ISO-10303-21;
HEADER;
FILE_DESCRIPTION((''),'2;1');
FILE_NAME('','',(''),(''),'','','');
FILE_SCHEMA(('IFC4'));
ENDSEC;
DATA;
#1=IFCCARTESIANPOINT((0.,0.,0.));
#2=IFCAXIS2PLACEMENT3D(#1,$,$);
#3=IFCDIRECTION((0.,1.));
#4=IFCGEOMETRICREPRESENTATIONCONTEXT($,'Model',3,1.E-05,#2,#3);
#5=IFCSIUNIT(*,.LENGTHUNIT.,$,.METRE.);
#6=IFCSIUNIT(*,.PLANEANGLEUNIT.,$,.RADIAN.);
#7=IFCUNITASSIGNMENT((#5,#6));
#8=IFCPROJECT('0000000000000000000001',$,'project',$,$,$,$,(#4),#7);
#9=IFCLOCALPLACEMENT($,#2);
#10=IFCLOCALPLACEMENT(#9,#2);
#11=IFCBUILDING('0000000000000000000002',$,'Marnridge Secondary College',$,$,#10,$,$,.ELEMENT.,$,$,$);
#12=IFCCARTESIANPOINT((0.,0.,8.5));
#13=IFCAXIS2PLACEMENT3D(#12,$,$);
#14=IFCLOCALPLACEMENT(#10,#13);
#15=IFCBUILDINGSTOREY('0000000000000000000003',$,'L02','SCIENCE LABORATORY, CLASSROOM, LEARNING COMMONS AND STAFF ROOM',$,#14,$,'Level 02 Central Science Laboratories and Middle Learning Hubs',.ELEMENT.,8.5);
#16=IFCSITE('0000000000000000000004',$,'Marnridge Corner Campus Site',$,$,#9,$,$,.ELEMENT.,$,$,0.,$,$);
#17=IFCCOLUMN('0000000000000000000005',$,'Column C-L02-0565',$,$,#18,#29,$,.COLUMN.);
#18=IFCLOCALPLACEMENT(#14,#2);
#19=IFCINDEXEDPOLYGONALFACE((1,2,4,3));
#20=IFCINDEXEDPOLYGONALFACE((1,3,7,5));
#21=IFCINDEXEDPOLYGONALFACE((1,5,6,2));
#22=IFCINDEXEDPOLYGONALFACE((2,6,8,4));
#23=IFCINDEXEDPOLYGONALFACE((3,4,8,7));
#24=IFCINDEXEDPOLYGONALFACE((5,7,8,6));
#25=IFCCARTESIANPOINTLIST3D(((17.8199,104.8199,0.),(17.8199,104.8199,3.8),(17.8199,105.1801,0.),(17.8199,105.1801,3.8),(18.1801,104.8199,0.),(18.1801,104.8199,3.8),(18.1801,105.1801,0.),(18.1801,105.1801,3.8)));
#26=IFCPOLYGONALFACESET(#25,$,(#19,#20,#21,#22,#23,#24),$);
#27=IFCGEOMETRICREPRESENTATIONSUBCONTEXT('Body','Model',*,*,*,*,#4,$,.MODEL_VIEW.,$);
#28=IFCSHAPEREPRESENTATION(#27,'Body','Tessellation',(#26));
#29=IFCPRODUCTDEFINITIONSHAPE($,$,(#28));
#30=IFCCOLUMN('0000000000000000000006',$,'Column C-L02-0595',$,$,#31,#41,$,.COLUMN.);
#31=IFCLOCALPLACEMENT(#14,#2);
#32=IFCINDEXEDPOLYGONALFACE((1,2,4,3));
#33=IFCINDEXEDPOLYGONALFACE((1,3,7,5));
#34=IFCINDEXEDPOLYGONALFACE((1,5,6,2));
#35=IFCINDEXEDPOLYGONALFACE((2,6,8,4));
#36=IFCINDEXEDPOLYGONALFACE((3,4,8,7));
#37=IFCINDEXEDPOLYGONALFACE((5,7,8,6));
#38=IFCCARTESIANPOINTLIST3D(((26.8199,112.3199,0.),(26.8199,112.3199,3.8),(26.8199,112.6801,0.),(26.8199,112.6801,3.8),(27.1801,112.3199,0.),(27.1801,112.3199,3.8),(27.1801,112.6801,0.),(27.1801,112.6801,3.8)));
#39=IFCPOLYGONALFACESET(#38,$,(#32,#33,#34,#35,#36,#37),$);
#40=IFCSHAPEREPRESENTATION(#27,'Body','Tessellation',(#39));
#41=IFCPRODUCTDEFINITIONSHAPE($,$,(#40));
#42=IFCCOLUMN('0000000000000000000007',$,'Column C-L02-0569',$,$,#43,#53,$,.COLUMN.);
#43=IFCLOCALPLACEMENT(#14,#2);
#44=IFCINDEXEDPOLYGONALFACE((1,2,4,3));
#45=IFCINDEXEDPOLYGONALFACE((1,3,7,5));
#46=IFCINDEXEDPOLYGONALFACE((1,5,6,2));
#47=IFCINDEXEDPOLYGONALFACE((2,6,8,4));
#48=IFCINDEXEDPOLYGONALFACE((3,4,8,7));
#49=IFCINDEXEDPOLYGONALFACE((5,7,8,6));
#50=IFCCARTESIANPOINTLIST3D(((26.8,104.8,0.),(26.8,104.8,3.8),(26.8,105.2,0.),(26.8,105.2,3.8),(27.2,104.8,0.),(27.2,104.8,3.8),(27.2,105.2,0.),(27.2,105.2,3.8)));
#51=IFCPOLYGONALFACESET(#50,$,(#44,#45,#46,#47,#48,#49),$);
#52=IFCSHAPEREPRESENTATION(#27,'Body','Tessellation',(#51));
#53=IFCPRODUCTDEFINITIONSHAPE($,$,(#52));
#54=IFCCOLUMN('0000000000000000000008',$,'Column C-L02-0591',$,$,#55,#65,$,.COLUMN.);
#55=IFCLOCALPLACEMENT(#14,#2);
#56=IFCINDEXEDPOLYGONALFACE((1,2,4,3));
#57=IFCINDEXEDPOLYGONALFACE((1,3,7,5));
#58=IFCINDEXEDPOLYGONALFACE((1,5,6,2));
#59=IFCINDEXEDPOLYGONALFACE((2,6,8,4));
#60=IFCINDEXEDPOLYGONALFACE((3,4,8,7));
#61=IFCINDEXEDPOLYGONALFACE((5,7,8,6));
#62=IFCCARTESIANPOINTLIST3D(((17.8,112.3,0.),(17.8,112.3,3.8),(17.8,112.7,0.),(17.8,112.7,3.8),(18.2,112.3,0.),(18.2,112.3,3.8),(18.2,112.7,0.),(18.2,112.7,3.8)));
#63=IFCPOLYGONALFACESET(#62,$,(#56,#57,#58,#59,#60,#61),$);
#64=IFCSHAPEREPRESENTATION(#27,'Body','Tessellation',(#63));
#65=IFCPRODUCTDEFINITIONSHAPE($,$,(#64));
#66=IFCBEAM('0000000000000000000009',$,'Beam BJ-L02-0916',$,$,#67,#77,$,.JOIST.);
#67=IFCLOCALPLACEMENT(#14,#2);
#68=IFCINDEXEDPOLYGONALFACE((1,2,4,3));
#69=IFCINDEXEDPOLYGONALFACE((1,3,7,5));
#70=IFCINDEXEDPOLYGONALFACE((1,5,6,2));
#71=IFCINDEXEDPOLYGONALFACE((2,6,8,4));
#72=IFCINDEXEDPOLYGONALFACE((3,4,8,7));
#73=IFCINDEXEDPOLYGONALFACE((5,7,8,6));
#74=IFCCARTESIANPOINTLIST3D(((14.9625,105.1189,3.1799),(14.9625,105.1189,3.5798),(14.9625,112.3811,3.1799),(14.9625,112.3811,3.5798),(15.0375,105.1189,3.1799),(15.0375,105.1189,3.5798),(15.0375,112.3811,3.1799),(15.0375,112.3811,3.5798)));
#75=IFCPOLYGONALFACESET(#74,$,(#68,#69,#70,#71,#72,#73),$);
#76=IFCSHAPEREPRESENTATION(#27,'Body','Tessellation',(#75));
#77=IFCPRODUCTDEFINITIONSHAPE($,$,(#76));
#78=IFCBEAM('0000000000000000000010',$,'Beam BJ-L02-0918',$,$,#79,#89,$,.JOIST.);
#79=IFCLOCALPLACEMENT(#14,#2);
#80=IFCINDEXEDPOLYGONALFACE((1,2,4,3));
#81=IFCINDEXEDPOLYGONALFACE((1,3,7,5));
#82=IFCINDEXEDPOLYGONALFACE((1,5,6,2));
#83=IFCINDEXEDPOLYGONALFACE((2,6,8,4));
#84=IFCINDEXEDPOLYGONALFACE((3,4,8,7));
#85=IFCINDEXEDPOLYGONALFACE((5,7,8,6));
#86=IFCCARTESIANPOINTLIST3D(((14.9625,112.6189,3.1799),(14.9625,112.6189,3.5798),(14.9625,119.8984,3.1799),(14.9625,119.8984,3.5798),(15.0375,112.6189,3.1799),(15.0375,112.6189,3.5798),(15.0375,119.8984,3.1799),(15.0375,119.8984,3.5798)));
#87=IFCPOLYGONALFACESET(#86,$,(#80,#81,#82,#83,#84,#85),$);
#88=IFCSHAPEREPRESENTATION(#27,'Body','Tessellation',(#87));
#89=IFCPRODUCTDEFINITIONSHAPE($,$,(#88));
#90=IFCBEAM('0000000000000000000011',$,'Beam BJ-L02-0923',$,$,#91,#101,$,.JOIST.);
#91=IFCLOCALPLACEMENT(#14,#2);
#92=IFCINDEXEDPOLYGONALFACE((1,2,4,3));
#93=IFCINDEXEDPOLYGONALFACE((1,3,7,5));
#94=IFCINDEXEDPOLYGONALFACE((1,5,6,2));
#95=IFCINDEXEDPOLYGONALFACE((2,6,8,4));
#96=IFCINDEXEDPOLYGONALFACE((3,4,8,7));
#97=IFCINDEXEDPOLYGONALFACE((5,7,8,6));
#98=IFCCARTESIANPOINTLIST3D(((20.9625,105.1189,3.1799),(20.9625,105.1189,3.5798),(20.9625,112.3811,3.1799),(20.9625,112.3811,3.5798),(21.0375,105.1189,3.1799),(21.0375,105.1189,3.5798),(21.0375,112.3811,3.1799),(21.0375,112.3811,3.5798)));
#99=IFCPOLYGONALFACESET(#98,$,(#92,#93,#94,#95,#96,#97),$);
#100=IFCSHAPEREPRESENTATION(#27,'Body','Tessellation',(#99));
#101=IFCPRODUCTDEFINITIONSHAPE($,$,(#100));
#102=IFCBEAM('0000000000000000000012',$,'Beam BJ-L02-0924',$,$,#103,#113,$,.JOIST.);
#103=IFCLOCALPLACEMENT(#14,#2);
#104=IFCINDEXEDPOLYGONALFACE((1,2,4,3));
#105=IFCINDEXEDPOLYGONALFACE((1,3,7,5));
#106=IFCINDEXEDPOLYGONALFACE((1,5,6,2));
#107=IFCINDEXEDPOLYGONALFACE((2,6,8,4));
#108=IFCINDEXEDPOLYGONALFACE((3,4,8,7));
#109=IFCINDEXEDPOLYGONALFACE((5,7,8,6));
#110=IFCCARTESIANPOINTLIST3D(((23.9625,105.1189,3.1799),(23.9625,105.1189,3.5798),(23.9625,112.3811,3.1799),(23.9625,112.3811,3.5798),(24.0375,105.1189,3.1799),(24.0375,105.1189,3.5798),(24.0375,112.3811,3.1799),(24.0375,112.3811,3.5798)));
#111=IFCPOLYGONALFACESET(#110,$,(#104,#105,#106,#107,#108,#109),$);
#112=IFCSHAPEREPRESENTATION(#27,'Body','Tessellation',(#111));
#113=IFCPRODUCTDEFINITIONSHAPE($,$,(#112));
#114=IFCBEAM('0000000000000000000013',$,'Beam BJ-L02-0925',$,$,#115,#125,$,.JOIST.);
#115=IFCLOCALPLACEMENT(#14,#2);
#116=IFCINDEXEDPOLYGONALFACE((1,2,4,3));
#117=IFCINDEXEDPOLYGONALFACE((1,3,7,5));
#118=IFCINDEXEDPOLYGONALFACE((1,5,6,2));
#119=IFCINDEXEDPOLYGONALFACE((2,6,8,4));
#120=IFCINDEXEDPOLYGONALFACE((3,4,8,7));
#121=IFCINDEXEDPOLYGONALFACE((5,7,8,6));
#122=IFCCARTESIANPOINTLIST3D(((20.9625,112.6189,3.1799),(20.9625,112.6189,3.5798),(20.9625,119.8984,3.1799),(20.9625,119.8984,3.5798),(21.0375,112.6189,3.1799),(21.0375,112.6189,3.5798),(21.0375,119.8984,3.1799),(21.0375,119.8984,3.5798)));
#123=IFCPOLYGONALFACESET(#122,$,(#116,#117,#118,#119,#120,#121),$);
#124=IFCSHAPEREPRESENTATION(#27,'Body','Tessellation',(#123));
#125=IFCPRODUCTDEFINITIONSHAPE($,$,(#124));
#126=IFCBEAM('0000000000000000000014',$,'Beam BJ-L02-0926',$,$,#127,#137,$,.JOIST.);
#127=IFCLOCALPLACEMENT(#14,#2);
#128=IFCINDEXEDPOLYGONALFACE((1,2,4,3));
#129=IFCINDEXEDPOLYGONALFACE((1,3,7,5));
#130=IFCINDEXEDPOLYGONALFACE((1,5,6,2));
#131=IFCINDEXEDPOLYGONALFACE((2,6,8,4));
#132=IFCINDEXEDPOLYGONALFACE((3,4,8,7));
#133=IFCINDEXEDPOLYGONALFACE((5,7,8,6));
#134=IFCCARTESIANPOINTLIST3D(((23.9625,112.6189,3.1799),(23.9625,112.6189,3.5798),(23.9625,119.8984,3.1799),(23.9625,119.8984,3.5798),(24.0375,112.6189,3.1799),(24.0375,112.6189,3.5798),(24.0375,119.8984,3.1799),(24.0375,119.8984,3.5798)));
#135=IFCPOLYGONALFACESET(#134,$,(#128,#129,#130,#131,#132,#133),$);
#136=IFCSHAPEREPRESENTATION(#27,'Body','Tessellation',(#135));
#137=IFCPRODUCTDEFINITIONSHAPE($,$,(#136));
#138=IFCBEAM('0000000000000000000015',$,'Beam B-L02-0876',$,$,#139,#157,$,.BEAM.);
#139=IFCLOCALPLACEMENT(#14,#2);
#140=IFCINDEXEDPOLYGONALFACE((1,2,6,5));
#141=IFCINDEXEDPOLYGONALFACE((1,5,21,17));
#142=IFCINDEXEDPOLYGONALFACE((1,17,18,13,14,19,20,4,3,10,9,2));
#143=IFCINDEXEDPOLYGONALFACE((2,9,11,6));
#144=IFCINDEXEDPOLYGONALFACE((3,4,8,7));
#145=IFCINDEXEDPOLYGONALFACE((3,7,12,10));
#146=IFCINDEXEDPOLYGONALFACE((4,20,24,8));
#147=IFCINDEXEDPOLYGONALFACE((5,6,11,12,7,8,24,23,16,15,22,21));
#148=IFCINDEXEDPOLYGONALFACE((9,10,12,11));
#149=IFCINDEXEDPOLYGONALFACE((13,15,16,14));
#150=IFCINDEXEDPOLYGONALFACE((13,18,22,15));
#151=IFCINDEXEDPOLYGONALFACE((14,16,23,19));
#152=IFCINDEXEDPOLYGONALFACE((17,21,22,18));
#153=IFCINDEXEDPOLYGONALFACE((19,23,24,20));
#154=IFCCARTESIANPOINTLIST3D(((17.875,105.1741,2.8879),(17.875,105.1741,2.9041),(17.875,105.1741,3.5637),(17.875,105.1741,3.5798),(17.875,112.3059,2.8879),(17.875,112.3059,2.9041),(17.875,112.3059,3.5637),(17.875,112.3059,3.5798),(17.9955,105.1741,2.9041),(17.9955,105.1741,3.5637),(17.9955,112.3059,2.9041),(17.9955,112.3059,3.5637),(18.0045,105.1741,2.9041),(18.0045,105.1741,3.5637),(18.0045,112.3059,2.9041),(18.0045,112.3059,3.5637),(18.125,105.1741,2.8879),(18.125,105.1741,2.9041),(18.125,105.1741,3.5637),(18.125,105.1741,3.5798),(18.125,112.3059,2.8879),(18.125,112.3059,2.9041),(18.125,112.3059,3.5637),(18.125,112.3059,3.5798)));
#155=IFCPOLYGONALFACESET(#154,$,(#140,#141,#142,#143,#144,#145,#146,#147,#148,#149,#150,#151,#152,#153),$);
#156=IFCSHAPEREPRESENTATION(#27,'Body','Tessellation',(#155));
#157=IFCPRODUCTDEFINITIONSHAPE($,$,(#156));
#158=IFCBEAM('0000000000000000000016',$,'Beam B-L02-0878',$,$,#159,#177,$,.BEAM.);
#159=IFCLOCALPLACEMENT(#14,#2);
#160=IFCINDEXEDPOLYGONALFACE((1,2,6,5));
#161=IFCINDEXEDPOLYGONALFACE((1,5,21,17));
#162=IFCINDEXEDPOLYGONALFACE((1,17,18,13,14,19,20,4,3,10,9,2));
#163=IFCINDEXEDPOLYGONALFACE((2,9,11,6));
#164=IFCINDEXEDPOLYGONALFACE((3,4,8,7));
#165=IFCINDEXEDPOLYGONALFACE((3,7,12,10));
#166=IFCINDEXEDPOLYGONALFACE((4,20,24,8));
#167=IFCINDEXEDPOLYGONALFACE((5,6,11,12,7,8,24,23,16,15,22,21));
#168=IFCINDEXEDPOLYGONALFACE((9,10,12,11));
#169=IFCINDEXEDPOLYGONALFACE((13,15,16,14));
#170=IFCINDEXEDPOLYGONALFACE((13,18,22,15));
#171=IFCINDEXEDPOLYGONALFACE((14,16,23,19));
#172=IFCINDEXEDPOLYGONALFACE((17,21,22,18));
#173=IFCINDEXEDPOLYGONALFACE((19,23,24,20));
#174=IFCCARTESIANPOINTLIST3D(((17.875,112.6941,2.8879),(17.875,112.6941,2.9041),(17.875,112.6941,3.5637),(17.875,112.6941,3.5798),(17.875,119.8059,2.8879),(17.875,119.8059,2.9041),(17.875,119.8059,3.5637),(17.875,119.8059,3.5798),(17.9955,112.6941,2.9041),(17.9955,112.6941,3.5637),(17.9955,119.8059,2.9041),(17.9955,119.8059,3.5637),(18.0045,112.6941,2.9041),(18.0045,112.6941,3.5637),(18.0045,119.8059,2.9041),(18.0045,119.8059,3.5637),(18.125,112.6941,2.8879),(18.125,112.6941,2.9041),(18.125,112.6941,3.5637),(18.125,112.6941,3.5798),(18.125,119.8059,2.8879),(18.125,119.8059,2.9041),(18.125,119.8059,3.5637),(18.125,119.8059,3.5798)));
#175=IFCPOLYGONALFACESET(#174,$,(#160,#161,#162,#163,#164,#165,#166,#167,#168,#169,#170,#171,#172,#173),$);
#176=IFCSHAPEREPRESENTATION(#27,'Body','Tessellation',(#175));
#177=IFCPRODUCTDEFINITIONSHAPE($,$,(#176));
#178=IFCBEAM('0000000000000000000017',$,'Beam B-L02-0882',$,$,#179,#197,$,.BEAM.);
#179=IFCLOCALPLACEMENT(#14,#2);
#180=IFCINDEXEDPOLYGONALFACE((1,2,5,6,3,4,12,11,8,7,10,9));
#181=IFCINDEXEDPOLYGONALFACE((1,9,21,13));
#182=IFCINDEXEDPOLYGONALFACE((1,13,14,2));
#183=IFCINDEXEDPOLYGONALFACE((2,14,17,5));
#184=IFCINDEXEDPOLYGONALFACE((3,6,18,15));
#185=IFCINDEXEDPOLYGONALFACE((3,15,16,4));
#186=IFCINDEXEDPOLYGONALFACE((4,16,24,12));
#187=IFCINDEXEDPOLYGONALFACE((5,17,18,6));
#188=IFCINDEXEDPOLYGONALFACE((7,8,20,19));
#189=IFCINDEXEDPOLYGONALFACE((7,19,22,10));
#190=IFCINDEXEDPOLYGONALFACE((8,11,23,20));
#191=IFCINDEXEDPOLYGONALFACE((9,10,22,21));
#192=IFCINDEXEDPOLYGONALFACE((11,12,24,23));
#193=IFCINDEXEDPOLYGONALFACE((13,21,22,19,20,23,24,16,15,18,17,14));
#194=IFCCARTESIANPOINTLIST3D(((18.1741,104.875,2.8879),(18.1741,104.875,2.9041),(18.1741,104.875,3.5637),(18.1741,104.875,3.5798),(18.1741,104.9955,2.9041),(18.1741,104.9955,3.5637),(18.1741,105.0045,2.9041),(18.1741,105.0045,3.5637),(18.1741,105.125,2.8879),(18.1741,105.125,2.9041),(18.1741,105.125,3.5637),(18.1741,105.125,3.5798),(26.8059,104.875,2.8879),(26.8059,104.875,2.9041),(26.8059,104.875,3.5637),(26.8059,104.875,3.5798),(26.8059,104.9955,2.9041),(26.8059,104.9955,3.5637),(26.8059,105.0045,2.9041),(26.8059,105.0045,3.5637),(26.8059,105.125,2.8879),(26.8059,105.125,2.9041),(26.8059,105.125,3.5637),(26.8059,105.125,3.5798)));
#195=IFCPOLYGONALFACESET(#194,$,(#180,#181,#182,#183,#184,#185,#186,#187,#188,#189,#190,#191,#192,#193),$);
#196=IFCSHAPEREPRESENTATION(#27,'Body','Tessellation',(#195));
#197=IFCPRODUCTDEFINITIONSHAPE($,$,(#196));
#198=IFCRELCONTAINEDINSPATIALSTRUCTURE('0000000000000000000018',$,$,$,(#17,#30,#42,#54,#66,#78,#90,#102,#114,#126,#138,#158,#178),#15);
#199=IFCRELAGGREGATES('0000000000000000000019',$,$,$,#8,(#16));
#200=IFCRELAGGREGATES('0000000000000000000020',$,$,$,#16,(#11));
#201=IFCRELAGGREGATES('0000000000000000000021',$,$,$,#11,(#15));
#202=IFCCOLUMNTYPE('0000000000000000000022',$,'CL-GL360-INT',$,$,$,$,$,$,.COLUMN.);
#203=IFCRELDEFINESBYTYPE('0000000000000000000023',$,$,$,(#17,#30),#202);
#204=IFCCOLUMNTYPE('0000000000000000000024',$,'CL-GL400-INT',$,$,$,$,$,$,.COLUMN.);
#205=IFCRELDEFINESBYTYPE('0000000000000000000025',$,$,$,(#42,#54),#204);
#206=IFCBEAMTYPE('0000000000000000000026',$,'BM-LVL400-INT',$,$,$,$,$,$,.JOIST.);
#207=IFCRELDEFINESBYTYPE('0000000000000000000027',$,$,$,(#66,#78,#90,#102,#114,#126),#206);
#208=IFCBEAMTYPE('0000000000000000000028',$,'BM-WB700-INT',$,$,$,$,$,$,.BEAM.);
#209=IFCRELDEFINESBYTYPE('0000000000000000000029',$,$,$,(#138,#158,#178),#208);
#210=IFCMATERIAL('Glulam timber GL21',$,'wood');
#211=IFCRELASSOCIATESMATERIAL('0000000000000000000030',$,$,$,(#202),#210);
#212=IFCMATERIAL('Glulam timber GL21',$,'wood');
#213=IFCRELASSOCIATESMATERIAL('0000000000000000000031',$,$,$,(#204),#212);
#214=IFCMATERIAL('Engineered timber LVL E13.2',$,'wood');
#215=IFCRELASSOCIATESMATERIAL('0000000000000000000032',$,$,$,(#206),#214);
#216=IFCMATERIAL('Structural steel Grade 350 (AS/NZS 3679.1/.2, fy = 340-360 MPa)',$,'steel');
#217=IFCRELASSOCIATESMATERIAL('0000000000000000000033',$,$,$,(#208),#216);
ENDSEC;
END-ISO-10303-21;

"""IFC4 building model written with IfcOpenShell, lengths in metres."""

from ifc_helpers import new_model, si_unit, direction, frame, origin, origin_2d, place, context, subcontext, project, spatial, rectangle, i_section, extrude, material, material_profile, profile_set, type_object, element, save


model = new_model("IFC4")

# Units and contexts
model_context = context("Model", 3, precision=1e-05, world=origin(), true_north=direction((0.0, 1.0)))
body_context = subcontext(model_context, "Body", "Model", "MODEL_VIEW")
ifc_project = project(units=[si_unit("LENGTHUNIT", "METRE"), si_unit("PLANEANGLEUNIT", "RADIAN")], contexts=[model_context])

# Site, building, storey
site_placement = place(None, origin())
site = spatial("IfcSite", under=ifc_project, at=site_placement, Name="Marnridge Corner Campus Site", CompositionType="ELEMENT", RefElevation=0.0)
building_placement = place(site_placement, origin())
building = spatial("IfcBuilding", under=site, at=building_placement, Name="Marnridge Secondary College", CompositionType="ELEMENT")
storey_placement = place(building_placement, frame((0.0, 0.0, 8.5)))
storey = spatial("IfcBuildingStorey", under=building, at=storey_placement, Name="L02", Description="SCIENCE LABORATORY, CLASSROOM, LEARNING COMMONS AND STAFF ROOM", LongName="Level 02 Central Science Laboratories and Middle Learning Hubs", CompositionType="ELEMENT", Elevation=8.5)

# Columns
ifc_material_1 = material(Name="Glulam timber GL21", Category="wood")
ifc_material_profile_1 = material_profile(ifc_material_1, rectangle(XDim=0.3601, YDim=0.3601, at=origin_2d()), Name="GL21 360x360")
ifc_profile_set_1 = profile_set([ifc_material_profile_1], Name="Glulam timber GL21")
column_type_1 = type_object("IfcColumnType", Name="CL-GL360-INT", PredefinedType="COLUMN", material=ifc_profile_set_1)
for number, where, z_axis, x_axis, name in (
    (1, (18.0, 105.0, 0.0), (0.0, 0.0, 1.0), (1.0, 0.0, 0.0), "Column C-L02-0565"),
    (2, (27.0, 112.5, 0.0), (0.0, 0.0, 1.0), (1.0, 0.0, 0.0), "Column C-L02-0595"),
):
    element("IfcColumn", number, at=place(storey_placement, frame(where, z_axis=z_axis, x_axis=x_axis)), inside=storey, type_object=column_type_1, Name=name, PredefinedType="COLUMN", context=body_context, shape_type="SweptSolid", body=[
        extrude(rectangle(XDim=0.3601, YDim=0.3601, at=origin_2d()), origin(), (0.0, 0.0, 1.0), 3.8),
    ])
ifc_material_2 = material(Name="Glulam timber GL21", Category="wood")
ifc_material_profile_2 = material_profile(ifc_material_2, rectangle(XDim=0.3999, YDim=0.3999, at=origin_2d()), Name="GL21 400x400")
ifc_profile_set_2 = profile_set([ifc_material_profile_2], Name="Glulam timber GL21")
column_type_2 = type_object("IfcColumnType", Name="CL-GL400-INT", PredefinedType="COLUMN", material=ifc_profile_set_2)
for number, where, z_axis, x_axis, name in (
    (3, (27.0, 105.0, 0.0), (0.0, 0.0, 1.0), (1.0, 0.0, 0.0), "Column C-L02-0569"),
    (4, (18.0, 112.5, 0.0), (0.0, 0.0, 1.0), (1.0, 0.0, 0.0), "Column C-L02-0591"),
):
    element("IfcColumn", number, at=place(storey_placement, frame(where, z_axis=z_axis, x_axis=x_axis)), inside=storey, type_object=column_type_2, Name=name, PredefinedType="COLUMN", context=body_context, shape_type="SweptSolid", body=[
        extrude(rectangle(XDim=0.3999, YDim=0.3999, at=origin_2d()), origin(), (0.0, 0.0, 1.0), 3.8),
    ])

# Beams
ifc_material_3 = material(Name="Engineered timber LVL E13.2", Category="wood")
ifc_material_profile_3 = material_profile(ifc_material_3, rectangle(XDim=0.075, YDim=0.3999, at=origin_2d()), Name="LVL 75x400")
ifc_profile_set_3 = profile_set([ifc_material_profile_3], Name="Engineered timber LVL E13.2")
beam_type_1 = type_object("IfcBeamType", Name="BM-LVL400-INT", PredefinedType="JOIST", material=ifc_profile_set_3)
beam_1_placement = place(storey_placement, frame((15.0, 105.1189, 3.3799), z_axis=(0.0, 1.0, 0.0), x_axis=(-1.0, 0.0, 0.0)))
element("IfcBeam", 5, at=beam_1_placement, inside=storey, type_object=beam_type_1, Name="Beam BJ-L02-0916", PredefinedType="JOIST", context=body_context, shape_type="SweptSolid", body=[
    extrude(rectangle(XDim=0.075, YDim=0.3999, at=origin_2d()), origin(), (0.0, 0.0, 1.0), 7.2622),
])
beam_2_placement = place(storey_placement, frame((15.0, 112.6189, 3.3799), z_axis=(0.0, 1.0, 0.0), x_axis=(-1.0, 0.0, 0.0)))
element("IfcBeam", 6, at=beam_2_placement, inside=storey, type_object=beam_type_1, Name="Beam BJ-L02-0918", PredefinedType="JOIST", context=body_context, shape_type="SweptSolid", body=[
    extrude(rectangle(XDim=0.075, YDim=0.3999, at=origin_2d()), origin(), (0.0, 0.0, 1.0), 7.2795),
])
for number, where, z_axis, x_axis, name in (
    (7, (21.0, 105.1189, 3.3799), (0.0, 1.0, 0.0), (-1.0, 0.0, 0.0), "Beam BJ-L02-0923"),
    (8, (24.0, 105.1189, 3.3799), (0.0, 1.0, 0.0), (-1.0, 0.0, 0.0), "Beam BJ-L02-0924"),
):
    element("IfcBeam", number, at=place(storey_placement, frame(where, z_axis=z_axis, x_axis=x_axis)), inside=storey, type_object=beam_type_1, Name=name, PredefinedType="JOIST", context=body_context, shape_type="SweptSolid", body=[
        extrude(rectangle(XDim=0.075, YDim=0.3999, at=origin_2d()), origin(), (0.0, 0.0, 1.0), 7.2622),
    ])
for number, where, z_axis, x_axis, name in (
    (9, (21.0, 112.6189, 3.3799), (0.0, 1.0, 0.0), (-1.0, 0.0, 0.0), "Beam BJ-L02-0925"),
    (10, (24.0, 112.6189, 3.3799), (0.0, 1.0, 0.0), (-1.0, 0.0, 0.0), "Beam BJ-L02-0926"),
):
    element("IfcBeam", number, at=place(storey_placement, frame(where, z_axis=z_axis, x_axis=x_axis)), inside=storey, type_object=beam_type_1, Name=name, PredefinedType="JOIST", context=body_context, shape_type="SweptSolid", body=[
        extrude(rectangle(XDim=0.075, YDim=0.3999, at=origin_2d()), origin(), (0.0, 0.0, 1.0), 7.2795),
    ])
ifc_material_4 = material(Name="Structural steel Grade 350 (AS/NZS 3679.1/.2, fy = 340-360 MPa)", Category="steel")
ifc_material_profile_4 = material_profile(ifc_material_4, i_section(OverallWidth=0.25, OverallDepth=0.6919, WebThickness=0.009, FlangeThickness=0.0161, at=origin_2d()), Name="700WB115")
ifc_profile_set_4 = profile_set([ifc_material_profile_4], Name="Structural steel Grade 350 (AS/NZS 3679.1/.2, fy = 340-360 MPa)")
beam_type_2 = type_object("IfcBeamType", Name="BM-WB700-INT", PredefinedType="BEAM", material=ifc_profile_set_4)
beam_3_placement = place(storey_placement, frame((18.0, 105.1741, 3.2339), z_axis=(0.0, 1.0, 0.0), x_axis=(-1.0, 0.0, 0.0)))
element("IfcBeam", 11, at=beam_3_placement, inside=storey, type_object=beam_type_2, Name="Beam B-L02-0876", PredefinedType="BEAM", context=body_context, shape_type="SweptSolid", body=[
    extrude(i_section(OverallWidth=0.25, OverallDepth=0.6919, WebThickness=0.009, FlangeThickness=0.0161, at=origin_2d()), origin(), (0.0, 0.0, 1.0), 7.1318),
])
beam_4_placement = place(storey_placement, frame((18.0, 112.6941, 3.2339), z_axis=(0.0, 1.0, 0.0), x_axis=(-1.0, 0.0, 0.0)))
element("IfcBeam", 12, at=beam_4_placement, inside=storey, type_object=beam_type_2, Name="Beam B-L02-0878", PredefinedType="BEAM", context=body_context, shape_type="SweptSolid", body=[
    extrude(i_section(OverallWidth=0.25, OverallDepth=0.6919, WebThickness=0.009, FlangeThickness=0.0161, at=origin_2d()), origin(), (0.0, 0.0, 1.0), 7.1118),
])
for number, where, z_axis, x_axis, name in (
    (13, (18.1741, 105.0, 3.2339), (1.0, 0.0, 0.0), (0.0, 1.0, 0.0), "Beam B-L02-0882"),
):
    element("IfcBeam", number, at=place(storey_placement, frame(where, z_axis=z_axis, x_axis=x_axis)), inside=storey, type_object=beam_type_2, Name=name, PredefinedType="BEAM", context=body_context, shape_type="SweptSolid", body=[
        extrude(i_section(OverallWidth=0.25, OverallDepth=0.6919, WebThickness=0.009, FlangeThickness=0.0161, at=origin_2d()), origin(), (0.0, 0.0, 1.0), 8.6318),
    ])

save(model, "model.ifc")
